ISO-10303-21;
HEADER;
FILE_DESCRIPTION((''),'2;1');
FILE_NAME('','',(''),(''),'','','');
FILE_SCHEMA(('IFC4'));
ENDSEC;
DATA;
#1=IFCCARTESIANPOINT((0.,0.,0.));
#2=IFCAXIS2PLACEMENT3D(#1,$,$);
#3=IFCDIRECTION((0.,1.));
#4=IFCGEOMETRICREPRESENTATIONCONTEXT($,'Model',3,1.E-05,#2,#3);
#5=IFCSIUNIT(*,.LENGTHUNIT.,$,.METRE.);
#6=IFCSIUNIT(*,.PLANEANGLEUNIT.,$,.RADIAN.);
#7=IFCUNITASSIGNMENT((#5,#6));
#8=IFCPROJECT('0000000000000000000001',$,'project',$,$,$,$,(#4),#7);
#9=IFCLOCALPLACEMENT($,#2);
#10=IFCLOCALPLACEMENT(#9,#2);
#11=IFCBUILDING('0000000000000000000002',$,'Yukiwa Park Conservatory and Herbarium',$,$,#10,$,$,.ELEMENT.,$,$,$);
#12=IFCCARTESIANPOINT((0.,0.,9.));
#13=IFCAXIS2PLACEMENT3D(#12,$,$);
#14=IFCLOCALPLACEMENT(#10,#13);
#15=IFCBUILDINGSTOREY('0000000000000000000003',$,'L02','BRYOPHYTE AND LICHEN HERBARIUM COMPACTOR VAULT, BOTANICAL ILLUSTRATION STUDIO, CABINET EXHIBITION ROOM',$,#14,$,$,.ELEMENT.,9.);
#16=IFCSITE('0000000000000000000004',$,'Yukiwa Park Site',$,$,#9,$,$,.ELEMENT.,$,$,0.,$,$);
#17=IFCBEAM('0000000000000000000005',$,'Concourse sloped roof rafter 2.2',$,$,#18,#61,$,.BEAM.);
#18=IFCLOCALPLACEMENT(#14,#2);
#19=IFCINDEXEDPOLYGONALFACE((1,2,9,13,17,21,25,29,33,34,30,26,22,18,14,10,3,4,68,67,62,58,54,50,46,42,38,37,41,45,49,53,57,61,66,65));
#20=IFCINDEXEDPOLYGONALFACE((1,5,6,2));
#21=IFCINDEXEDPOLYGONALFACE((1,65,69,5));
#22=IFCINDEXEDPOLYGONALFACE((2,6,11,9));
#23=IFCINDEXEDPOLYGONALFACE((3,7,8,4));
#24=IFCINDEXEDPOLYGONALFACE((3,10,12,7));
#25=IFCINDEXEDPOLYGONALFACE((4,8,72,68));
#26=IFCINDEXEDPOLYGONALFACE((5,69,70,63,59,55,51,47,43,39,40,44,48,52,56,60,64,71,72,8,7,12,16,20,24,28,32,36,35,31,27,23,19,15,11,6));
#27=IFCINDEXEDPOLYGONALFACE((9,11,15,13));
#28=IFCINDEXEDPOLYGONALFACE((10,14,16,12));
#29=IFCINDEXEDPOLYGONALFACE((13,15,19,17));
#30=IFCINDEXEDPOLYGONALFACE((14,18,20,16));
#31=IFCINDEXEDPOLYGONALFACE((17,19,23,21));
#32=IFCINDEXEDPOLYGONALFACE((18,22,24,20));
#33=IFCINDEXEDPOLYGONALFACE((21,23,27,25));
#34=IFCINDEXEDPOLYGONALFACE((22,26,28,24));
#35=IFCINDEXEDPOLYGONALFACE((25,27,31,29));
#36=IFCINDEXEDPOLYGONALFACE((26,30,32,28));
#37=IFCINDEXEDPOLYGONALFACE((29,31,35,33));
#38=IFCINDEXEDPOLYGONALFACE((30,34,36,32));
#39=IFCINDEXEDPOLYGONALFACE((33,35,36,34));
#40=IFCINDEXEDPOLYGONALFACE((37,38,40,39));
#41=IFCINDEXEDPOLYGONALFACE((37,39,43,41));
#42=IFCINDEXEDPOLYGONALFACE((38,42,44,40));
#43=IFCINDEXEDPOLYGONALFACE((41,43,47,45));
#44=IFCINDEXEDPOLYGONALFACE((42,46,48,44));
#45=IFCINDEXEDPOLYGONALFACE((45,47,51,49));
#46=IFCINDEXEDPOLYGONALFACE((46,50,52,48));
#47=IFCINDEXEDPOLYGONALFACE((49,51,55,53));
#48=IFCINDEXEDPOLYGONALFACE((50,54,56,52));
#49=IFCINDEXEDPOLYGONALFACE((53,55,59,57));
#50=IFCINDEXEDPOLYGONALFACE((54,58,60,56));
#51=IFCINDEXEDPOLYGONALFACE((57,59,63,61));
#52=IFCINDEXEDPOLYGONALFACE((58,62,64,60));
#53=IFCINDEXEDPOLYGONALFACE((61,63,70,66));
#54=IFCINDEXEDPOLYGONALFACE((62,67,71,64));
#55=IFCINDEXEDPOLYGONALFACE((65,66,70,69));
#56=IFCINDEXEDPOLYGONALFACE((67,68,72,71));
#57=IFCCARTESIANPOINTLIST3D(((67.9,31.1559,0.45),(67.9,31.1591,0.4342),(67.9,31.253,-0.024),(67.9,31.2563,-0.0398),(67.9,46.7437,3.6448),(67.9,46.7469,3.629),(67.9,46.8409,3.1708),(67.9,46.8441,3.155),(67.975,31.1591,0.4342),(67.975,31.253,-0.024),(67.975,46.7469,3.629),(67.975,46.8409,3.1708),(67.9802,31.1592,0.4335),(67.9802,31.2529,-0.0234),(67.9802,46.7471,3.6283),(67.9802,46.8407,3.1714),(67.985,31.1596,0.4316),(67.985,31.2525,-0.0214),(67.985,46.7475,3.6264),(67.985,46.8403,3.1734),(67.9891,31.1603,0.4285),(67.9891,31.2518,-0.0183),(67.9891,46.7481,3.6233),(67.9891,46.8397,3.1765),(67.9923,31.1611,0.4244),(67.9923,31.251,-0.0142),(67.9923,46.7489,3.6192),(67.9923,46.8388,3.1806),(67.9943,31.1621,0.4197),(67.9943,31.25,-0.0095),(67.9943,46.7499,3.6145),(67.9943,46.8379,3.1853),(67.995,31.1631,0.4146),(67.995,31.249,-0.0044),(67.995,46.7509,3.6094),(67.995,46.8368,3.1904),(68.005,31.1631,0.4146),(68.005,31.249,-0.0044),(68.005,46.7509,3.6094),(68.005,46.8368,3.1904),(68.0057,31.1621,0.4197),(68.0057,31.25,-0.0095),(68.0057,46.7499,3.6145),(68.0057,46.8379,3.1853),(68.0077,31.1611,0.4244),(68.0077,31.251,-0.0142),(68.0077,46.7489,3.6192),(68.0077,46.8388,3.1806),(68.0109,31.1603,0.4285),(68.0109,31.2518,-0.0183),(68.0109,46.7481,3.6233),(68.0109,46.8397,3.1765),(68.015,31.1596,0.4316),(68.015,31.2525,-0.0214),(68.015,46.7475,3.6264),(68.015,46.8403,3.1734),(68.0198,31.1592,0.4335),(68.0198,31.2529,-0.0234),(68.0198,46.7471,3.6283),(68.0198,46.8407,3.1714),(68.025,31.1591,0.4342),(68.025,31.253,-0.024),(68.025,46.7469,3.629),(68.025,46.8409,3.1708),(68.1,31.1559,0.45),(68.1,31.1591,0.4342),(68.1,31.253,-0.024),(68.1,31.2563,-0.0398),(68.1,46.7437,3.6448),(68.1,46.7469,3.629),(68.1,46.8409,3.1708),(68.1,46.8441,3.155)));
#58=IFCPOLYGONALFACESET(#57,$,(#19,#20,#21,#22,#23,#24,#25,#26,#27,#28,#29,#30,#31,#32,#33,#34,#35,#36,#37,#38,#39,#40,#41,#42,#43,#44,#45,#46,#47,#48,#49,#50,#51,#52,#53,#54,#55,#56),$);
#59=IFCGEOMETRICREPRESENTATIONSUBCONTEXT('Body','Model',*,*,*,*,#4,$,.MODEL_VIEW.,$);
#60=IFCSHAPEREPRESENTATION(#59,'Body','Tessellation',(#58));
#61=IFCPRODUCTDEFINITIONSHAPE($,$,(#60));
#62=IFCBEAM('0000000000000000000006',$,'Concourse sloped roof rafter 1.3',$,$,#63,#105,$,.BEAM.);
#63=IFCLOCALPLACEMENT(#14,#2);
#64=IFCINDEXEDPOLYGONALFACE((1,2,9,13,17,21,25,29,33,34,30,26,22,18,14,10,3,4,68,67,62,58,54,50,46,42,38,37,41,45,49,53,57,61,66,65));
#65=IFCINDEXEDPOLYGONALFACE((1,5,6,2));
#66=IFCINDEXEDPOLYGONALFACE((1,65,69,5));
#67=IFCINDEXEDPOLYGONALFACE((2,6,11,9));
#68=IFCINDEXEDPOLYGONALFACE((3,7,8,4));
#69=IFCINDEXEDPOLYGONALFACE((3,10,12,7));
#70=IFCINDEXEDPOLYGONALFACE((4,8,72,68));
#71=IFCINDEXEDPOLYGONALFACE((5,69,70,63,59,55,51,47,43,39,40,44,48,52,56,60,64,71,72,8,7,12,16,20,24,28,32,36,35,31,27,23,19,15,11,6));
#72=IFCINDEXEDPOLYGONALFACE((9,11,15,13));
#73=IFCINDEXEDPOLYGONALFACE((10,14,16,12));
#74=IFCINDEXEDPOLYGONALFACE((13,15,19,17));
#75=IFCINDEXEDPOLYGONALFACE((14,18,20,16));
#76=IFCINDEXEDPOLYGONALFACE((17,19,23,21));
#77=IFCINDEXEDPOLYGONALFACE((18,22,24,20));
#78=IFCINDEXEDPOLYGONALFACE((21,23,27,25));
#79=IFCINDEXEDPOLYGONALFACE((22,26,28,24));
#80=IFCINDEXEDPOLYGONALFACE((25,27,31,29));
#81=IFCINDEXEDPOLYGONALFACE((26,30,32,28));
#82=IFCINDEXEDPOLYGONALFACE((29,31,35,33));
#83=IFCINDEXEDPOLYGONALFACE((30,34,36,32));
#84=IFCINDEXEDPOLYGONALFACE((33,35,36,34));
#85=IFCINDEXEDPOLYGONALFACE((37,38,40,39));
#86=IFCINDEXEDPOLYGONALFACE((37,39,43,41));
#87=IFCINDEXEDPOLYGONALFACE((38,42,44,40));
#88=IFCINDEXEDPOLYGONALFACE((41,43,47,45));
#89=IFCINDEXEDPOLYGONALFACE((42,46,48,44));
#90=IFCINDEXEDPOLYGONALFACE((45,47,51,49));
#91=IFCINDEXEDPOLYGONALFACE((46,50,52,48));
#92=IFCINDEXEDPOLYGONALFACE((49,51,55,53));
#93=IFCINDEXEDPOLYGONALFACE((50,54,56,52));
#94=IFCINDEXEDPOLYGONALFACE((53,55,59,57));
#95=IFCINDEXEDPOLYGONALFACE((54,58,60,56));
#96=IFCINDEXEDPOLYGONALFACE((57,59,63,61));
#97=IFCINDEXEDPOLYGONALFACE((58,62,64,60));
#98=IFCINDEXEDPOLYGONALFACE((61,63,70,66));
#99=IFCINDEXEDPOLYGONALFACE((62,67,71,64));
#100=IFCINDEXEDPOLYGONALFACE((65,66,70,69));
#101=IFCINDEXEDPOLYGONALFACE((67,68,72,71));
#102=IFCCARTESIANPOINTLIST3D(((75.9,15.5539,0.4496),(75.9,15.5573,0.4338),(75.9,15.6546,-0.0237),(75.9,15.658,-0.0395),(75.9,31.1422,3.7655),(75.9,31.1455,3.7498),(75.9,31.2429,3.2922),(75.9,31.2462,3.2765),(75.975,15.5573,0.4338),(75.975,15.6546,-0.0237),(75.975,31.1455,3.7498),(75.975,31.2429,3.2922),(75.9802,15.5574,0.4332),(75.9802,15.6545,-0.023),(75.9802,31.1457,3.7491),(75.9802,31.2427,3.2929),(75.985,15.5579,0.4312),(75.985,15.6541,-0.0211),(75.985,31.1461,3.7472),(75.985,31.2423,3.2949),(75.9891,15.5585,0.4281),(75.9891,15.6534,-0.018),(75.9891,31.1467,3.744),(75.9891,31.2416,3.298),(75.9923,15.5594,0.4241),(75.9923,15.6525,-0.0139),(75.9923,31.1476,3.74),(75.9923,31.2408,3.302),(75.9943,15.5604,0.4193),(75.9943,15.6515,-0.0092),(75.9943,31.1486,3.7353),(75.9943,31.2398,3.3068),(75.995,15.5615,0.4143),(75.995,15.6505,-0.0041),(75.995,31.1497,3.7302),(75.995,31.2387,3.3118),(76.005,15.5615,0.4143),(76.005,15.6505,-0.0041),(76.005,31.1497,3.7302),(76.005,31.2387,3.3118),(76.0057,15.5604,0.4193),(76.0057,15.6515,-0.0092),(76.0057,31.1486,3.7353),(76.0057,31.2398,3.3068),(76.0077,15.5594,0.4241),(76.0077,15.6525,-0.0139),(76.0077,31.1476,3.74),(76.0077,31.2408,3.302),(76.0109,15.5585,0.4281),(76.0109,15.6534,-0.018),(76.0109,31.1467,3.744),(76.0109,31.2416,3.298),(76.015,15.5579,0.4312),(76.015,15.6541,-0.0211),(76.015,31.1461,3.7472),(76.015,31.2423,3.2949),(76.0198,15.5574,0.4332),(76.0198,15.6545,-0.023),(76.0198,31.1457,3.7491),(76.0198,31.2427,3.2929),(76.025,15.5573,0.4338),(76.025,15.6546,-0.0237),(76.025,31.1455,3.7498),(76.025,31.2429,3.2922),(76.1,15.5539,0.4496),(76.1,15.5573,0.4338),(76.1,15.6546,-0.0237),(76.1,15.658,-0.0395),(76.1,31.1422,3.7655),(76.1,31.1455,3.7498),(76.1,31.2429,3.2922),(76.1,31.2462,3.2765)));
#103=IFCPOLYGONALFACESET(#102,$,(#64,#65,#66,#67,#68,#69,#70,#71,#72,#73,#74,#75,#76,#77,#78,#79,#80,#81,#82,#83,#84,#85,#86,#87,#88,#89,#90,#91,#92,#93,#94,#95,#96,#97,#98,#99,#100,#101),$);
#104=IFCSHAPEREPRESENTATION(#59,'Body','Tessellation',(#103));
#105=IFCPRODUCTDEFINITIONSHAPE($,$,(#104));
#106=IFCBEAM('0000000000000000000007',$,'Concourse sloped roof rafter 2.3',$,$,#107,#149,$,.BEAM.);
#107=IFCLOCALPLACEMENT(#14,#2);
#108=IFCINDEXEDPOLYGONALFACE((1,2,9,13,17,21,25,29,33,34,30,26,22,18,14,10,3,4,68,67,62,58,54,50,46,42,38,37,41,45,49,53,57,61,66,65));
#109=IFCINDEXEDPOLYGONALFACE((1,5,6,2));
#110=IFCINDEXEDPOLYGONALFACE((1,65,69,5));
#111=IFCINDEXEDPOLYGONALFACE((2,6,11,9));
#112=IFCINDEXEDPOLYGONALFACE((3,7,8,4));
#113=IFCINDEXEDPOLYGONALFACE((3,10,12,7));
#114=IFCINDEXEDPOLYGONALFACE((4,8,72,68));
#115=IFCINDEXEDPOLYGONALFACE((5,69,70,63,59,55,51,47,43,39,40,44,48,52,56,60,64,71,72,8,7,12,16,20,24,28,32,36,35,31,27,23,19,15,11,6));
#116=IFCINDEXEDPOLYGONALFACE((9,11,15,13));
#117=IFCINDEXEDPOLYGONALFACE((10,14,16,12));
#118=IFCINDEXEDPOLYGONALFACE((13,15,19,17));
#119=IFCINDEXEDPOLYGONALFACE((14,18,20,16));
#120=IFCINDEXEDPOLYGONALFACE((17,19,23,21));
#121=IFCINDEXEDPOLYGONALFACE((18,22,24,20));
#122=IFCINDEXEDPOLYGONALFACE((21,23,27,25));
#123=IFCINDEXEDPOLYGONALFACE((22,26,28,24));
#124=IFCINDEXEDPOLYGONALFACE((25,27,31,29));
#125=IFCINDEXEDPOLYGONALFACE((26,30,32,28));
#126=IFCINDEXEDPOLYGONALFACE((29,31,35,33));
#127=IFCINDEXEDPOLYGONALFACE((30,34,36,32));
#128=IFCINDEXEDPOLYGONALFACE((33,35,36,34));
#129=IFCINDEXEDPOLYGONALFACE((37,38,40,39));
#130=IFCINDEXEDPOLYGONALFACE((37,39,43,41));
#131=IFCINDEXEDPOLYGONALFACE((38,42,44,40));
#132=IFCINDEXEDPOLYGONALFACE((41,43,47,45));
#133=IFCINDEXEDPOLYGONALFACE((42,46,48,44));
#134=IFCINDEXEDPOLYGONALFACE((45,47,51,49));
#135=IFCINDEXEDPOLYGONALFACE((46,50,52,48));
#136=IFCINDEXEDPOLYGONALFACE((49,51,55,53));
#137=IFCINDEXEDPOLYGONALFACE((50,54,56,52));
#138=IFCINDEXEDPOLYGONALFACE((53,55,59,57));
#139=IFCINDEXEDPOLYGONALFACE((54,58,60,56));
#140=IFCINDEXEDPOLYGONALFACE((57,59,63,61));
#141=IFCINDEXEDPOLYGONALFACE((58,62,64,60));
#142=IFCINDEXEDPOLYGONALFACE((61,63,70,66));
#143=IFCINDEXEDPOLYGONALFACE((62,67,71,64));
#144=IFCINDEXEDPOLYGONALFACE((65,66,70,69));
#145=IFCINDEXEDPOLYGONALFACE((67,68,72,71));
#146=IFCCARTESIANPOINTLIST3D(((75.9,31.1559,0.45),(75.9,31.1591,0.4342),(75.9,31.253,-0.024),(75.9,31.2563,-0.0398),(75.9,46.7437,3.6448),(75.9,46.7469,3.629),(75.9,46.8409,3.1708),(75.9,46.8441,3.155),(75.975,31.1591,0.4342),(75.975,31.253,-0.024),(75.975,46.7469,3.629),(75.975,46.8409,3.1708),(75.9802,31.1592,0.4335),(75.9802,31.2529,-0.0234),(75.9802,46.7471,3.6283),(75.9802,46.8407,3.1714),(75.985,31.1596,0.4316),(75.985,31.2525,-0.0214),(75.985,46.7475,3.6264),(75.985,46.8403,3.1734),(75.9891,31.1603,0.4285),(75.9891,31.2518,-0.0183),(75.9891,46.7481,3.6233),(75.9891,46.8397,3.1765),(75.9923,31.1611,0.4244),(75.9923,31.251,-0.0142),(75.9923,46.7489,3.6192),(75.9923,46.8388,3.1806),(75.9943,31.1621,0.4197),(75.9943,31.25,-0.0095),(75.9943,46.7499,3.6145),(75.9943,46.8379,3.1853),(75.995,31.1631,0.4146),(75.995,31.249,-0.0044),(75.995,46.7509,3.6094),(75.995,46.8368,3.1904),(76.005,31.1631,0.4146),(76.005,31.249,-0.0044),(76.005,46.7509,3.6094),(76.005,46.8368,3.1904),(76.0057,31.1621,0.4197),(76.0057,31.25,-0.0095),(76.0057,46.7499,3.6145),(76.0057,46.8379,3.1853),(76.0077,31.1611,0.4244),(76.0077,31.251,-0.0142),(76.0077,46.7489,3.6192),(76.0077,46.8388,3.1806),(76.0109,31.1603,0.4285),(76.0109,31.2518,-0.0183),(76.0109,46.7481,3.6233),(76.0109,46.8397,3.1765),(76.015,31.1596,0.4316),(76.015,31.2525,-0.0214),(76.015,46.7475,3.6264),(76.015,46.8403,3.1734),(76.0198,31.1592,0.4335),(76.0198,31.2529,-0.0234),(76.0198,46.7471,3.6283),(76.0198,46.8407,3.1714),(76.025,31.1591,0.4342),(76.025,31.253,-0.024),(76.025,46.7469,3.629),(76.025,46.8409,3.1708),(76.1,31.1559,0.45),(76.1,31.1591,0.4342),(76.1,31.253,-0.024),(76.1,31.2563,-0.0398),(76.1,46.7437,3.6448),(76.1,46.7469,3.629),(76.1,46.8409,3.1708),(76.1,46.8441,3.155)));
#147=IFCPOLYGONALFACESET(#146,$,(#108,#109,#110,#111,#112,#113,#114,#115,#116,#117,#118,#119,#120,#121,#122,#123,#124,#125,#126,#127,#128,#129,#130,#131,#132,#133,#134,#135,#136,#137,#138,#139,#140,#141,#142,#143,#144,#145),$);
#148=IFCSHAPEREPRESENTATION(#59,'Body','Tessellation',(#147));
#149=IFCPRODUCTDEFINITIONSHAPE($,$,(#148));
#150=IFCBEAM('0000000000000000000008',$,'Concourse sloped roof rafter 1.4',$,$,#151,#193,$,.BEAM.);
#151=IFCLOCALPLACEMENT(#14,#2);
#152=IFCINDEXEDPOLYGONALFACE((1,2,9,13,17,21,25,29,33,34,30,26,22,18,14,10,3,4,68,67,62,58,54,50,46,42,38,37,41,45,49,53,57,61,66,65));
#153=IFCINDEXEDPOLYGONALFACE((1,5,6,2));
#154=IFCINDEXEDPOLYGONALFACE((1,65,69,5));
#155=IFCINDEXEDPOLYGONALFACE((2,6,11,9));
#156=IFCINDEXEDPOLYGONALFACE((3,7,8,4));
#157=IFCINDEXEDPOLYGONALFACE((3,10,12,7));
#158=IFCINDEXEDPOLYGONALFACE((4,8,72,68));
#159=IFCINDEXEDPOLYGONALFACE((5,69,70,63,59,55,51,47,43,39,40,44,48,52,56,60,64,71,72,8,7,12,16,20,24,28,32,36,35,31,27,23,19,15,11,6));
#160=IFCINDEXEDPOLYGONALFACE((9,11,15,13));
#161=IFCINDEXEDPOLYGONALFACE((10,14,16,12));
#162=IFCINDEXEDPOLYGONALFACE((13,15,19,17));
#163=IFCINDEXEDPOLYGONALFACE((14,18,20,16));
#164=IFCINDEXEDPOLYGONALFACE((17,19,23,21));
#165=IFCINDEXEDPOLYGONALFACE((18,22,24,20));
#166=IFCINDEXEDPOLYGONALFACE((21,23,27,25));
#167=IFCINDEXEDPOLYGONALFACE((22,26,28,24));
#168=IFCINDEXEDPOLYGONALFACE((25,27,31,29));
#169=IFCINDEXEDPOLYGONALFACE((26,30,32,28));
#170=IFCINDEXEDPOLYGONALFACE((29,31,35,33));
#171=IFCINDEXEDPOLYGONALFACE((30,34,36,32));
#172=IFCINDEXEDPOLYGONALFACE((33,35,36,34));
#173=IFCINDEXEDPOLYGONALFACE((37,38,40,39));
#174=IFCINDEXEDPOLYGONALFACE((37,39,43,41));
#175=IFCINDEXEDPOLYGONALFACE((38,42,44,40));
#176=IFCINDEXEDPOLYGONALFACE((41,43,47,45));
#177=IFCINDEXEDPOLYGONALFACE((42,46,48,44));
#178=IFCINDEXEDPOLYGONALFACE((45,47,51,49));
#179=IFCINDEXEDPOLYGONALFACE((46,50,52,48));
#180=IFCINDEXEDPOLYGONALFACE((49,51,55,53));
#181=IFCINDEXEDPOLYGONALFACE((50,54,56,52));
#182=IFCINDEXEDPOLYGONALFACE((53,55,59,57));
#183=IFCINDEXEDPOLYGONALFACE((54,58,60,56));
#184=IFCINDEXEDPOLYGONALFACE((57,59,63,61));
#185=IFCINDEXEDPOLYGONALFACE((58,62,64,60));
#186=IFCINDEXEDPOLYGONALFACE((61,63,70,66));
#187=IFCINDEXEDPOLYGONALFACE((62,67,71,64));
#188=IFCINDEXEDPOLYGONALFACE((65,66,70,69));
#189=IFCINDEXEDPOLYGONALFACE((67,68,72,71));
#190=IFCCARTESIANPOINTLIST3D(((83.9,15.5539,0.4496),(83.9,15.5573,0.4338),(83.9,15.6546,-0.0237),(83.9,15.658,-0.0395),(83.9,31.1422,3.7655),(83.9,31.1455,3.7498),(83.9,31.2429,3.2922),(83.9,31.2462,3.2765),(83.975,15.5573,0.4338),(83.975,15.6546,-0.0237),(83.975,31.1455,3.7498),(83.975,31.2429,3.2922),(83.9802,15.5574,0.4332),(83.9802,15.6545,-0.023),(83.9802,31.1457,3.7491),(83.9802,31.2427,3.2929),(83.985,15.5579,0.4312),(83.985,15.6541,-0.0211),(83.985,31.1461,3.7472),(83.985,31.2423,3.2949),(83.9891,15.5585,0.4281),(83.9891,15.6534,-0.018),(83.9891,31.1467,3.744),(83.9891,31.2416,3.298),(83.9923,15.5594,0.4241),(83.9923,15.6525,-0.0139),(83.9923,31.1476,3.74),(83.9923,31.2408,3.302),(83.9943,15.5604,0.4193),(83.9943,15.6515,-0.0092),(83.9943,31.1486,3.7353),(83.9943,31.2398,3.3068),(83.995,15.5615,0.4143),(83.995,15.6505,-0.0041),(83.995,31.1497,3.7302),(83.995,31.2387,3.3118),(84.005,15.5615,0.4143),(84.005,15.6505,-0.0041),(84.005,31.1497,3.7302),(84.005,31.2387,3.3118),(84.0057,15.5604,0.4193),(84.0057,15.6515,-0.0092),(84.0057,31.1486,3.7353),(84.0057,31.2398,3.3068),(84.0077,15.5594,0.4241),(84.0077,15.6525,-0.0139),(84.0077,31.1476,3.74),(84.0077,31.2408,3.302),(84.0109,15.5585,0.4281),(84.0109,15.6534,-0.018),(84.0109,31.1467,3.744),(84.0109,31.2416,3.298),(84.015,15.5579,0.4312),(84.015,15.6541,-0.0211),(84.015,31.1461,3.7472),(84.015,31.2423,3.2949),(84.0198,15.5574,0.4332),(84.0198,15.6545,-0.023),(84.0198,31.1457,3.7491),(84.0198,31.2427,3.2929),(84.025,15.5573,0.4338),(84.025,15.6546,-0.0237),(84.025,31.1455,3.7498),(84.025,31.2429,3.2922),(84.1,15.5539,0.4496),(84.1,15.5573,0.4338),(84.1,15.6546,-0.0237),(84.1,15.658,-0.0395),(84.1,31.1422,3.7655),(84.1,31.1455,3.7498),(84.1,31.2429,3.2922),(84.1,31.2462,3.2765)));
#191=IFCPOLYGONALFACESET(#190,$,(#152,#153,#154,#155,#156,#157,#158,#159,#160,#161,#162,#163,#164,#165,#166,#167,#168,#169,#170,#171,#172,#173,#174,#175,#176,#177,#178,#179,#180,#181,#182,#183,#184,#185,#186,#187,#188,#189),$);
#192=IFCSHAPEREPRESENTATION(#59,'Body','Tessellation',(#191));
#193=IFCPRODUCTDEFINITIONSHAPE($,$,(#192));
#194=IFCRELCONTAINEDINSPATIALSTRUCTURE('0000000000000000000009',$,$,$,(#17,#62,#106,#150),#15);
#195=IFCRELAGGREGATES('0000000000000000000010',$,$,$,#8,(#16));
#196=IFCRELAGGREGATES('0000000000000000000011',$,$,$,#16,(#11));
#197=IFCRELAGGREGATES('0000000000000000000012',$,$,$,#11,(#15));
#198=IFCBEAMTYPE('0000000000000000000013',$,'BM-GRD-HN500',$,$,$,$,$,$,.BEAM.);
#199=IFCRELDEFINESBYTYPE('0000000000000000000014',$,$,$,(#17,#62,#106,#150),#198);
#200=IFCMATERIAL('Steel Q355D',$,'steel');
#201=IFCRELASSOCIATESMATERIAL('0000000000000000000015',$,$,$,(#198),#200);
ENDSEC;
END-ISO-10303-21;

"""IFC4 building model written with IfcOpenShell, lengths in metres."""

from ifc_helpers import new_model, si_unit, direction, frame, origin, origin_2d, place, context, subcontext, project, spatial, i_section, extrude, material, material_profile, profile_set, type_object, element, save


model = new_model("IFC4")

# Units and contexts
model_context = context("Model", 3, precision=1e-05, world=origin(), true_north=direction((0.0, 1.0)))
body_context = subcontext(model_context, "Body", "Model", "MODEL_VIEW")
ifc_project = project(units=[si_unit("LENGTHUNIT", "METRE"), si_unit("PLANEANGLEUNIT", "RADIAN")], contexts=[model_context])

# Site, building, storey
site_placement = place(None, origin())
site = spatial("IfcSite", under=ifc_project, at=site_placement, Name="Yukiwa Park Site", CompositionType="ELEMENT", RefElevation=0.0)
building_placement = place(site_placement, origin())
building = spatial("IfcBuilding", under=site, at=building_placement, Name="Yukiwa Park Conservatory and Herbarium", CompositionType="ELEMENT")
storey_placement = place(building_placement, frame((0.0, 0.0, 9.0)))
storey = spatial("IfcBuildingStorey", under=building, at=storey_placement, Name="L02", Description="BRYOPHYTE AND LICHEN HERBARIUM COMPACTOR VAULT, BOTANICAL ILLUSTRATION STUDIO, CABINET EXHIBITION ROOM", CompositionType="ELEMENT", Elevation=9.0)

# Beams
ifc_material_1 = material(Name="Steel Q355D", Category="steel")
ifc_material_profile_1 = material_profile(ifc_material_1, i_section(OverallWidth=0.2, OverallDepth=0.5, WebThickness=0.01, FlangeThickness=0.0161, FilletRadius=0.02, at=origin_2d()), Name="HN 500x200x10x16")
ifc_profile_set_1 = profile_set([ifc_material_profile_1], Name="Steel Q355D")
beam_type_1 = type_object("IfcBeamType", Name="BM-GRD-HN500", PredefinedType="BEAM", material=ifc_profile_set_1)
beam_1_placement = place(storey_placement, frame((68.0, 31.2061, 0.2051), z_axis=(0.0, 0.979636, 0.200782), x_axis=(-1.0, 0.0, 0.0)))
element("IfcBeam", 1, at=beam_1_placement, inside=storey, type_object=beam_type_1, Name="Concourse sloped roof rafter 2.2", PredefinedType="BEAM", context=body_context, shape_type="SweptSolid", body=[
    extrude(i_section(OverallWidth=0.2, OverallDepth=0.5, WebThickness=0.01, FlangeThickness=0.0161, FilletRadius=0.02, at=origin_2d()), origin(), (0.0, 0.0, 1.0), 15.9119),
])
beam_2_placement = place(storey_placement, frame((76.0, 15.606, 0.2051), z_axis=(0.0, 0.978115, 0.208065), x_axis=(-1.0, 0.0, 0.0)))
element("IfcBeam", 2, at=beam_2_placement, inside=storey, type_object=beam_type_1, Name="Concourse sloped roof rafter 1.3", PredefinedType="BEAM", context=body_context, shape_type="SweptSolid", body=[
    extrude(i_section(OverallWidth=0.2, OverallDepth=0.5, WebThickness=0.01, FlangeThickness=0.0161, FilletRadius=0.02, at=origin_2d()), origin(), (0.0, 0.0, 1.0), 15.937),
])
beam_3_placement = place(storey_placement, frame((76.0, 31.2061, 0.2051), z_axis=(0.0, 0.979636, 0.200782), x_axis=(-1.0, 0.0, 0.0)))
element("IfcBeam", 3, at=beam_3_placement, inside=storey, type_object=beam_type_1, Name="Concourse sloped roof rafter 2.3", PredefinedType="BEAM", context=body_context, shape_type="SweptSolid", body=[
    extrude(i_section(OverallWidth=0.2, OverallDepth=0.5, WebThickness=0.01, FlangeThickness=0.0161, FilletRadius=0.02, at=origin_2d()), origin(), (0.0, 0.0, 1.0), 15.9119),
])
beam_4_placement = place(storey_placement, frame((84.0, 15.606, 0.2051), z_axis=(0.0, 0.978115, 0.208065), x_axis=(-1.0, 0.0, 0.0)))
element("IfcBeam", 4, at=beam_4_placement, inside=storey, type_object=beam_type_1, Name="Concourse sloped roof rafter 1.4", PredefinedType="BEAM", context=body_context, shape_type="SweptSolid", body=[
    extrude(i_section(OverallWidth=0.2, OverallDepth=0.5, WebThickness=0.01, FlangeThickness=0.0161, FilletRadius=0.02, at=origin_2d()), origin(), (0.0, 0.0, 1.0), 15.937),
])

save(model, "model.ifc")
